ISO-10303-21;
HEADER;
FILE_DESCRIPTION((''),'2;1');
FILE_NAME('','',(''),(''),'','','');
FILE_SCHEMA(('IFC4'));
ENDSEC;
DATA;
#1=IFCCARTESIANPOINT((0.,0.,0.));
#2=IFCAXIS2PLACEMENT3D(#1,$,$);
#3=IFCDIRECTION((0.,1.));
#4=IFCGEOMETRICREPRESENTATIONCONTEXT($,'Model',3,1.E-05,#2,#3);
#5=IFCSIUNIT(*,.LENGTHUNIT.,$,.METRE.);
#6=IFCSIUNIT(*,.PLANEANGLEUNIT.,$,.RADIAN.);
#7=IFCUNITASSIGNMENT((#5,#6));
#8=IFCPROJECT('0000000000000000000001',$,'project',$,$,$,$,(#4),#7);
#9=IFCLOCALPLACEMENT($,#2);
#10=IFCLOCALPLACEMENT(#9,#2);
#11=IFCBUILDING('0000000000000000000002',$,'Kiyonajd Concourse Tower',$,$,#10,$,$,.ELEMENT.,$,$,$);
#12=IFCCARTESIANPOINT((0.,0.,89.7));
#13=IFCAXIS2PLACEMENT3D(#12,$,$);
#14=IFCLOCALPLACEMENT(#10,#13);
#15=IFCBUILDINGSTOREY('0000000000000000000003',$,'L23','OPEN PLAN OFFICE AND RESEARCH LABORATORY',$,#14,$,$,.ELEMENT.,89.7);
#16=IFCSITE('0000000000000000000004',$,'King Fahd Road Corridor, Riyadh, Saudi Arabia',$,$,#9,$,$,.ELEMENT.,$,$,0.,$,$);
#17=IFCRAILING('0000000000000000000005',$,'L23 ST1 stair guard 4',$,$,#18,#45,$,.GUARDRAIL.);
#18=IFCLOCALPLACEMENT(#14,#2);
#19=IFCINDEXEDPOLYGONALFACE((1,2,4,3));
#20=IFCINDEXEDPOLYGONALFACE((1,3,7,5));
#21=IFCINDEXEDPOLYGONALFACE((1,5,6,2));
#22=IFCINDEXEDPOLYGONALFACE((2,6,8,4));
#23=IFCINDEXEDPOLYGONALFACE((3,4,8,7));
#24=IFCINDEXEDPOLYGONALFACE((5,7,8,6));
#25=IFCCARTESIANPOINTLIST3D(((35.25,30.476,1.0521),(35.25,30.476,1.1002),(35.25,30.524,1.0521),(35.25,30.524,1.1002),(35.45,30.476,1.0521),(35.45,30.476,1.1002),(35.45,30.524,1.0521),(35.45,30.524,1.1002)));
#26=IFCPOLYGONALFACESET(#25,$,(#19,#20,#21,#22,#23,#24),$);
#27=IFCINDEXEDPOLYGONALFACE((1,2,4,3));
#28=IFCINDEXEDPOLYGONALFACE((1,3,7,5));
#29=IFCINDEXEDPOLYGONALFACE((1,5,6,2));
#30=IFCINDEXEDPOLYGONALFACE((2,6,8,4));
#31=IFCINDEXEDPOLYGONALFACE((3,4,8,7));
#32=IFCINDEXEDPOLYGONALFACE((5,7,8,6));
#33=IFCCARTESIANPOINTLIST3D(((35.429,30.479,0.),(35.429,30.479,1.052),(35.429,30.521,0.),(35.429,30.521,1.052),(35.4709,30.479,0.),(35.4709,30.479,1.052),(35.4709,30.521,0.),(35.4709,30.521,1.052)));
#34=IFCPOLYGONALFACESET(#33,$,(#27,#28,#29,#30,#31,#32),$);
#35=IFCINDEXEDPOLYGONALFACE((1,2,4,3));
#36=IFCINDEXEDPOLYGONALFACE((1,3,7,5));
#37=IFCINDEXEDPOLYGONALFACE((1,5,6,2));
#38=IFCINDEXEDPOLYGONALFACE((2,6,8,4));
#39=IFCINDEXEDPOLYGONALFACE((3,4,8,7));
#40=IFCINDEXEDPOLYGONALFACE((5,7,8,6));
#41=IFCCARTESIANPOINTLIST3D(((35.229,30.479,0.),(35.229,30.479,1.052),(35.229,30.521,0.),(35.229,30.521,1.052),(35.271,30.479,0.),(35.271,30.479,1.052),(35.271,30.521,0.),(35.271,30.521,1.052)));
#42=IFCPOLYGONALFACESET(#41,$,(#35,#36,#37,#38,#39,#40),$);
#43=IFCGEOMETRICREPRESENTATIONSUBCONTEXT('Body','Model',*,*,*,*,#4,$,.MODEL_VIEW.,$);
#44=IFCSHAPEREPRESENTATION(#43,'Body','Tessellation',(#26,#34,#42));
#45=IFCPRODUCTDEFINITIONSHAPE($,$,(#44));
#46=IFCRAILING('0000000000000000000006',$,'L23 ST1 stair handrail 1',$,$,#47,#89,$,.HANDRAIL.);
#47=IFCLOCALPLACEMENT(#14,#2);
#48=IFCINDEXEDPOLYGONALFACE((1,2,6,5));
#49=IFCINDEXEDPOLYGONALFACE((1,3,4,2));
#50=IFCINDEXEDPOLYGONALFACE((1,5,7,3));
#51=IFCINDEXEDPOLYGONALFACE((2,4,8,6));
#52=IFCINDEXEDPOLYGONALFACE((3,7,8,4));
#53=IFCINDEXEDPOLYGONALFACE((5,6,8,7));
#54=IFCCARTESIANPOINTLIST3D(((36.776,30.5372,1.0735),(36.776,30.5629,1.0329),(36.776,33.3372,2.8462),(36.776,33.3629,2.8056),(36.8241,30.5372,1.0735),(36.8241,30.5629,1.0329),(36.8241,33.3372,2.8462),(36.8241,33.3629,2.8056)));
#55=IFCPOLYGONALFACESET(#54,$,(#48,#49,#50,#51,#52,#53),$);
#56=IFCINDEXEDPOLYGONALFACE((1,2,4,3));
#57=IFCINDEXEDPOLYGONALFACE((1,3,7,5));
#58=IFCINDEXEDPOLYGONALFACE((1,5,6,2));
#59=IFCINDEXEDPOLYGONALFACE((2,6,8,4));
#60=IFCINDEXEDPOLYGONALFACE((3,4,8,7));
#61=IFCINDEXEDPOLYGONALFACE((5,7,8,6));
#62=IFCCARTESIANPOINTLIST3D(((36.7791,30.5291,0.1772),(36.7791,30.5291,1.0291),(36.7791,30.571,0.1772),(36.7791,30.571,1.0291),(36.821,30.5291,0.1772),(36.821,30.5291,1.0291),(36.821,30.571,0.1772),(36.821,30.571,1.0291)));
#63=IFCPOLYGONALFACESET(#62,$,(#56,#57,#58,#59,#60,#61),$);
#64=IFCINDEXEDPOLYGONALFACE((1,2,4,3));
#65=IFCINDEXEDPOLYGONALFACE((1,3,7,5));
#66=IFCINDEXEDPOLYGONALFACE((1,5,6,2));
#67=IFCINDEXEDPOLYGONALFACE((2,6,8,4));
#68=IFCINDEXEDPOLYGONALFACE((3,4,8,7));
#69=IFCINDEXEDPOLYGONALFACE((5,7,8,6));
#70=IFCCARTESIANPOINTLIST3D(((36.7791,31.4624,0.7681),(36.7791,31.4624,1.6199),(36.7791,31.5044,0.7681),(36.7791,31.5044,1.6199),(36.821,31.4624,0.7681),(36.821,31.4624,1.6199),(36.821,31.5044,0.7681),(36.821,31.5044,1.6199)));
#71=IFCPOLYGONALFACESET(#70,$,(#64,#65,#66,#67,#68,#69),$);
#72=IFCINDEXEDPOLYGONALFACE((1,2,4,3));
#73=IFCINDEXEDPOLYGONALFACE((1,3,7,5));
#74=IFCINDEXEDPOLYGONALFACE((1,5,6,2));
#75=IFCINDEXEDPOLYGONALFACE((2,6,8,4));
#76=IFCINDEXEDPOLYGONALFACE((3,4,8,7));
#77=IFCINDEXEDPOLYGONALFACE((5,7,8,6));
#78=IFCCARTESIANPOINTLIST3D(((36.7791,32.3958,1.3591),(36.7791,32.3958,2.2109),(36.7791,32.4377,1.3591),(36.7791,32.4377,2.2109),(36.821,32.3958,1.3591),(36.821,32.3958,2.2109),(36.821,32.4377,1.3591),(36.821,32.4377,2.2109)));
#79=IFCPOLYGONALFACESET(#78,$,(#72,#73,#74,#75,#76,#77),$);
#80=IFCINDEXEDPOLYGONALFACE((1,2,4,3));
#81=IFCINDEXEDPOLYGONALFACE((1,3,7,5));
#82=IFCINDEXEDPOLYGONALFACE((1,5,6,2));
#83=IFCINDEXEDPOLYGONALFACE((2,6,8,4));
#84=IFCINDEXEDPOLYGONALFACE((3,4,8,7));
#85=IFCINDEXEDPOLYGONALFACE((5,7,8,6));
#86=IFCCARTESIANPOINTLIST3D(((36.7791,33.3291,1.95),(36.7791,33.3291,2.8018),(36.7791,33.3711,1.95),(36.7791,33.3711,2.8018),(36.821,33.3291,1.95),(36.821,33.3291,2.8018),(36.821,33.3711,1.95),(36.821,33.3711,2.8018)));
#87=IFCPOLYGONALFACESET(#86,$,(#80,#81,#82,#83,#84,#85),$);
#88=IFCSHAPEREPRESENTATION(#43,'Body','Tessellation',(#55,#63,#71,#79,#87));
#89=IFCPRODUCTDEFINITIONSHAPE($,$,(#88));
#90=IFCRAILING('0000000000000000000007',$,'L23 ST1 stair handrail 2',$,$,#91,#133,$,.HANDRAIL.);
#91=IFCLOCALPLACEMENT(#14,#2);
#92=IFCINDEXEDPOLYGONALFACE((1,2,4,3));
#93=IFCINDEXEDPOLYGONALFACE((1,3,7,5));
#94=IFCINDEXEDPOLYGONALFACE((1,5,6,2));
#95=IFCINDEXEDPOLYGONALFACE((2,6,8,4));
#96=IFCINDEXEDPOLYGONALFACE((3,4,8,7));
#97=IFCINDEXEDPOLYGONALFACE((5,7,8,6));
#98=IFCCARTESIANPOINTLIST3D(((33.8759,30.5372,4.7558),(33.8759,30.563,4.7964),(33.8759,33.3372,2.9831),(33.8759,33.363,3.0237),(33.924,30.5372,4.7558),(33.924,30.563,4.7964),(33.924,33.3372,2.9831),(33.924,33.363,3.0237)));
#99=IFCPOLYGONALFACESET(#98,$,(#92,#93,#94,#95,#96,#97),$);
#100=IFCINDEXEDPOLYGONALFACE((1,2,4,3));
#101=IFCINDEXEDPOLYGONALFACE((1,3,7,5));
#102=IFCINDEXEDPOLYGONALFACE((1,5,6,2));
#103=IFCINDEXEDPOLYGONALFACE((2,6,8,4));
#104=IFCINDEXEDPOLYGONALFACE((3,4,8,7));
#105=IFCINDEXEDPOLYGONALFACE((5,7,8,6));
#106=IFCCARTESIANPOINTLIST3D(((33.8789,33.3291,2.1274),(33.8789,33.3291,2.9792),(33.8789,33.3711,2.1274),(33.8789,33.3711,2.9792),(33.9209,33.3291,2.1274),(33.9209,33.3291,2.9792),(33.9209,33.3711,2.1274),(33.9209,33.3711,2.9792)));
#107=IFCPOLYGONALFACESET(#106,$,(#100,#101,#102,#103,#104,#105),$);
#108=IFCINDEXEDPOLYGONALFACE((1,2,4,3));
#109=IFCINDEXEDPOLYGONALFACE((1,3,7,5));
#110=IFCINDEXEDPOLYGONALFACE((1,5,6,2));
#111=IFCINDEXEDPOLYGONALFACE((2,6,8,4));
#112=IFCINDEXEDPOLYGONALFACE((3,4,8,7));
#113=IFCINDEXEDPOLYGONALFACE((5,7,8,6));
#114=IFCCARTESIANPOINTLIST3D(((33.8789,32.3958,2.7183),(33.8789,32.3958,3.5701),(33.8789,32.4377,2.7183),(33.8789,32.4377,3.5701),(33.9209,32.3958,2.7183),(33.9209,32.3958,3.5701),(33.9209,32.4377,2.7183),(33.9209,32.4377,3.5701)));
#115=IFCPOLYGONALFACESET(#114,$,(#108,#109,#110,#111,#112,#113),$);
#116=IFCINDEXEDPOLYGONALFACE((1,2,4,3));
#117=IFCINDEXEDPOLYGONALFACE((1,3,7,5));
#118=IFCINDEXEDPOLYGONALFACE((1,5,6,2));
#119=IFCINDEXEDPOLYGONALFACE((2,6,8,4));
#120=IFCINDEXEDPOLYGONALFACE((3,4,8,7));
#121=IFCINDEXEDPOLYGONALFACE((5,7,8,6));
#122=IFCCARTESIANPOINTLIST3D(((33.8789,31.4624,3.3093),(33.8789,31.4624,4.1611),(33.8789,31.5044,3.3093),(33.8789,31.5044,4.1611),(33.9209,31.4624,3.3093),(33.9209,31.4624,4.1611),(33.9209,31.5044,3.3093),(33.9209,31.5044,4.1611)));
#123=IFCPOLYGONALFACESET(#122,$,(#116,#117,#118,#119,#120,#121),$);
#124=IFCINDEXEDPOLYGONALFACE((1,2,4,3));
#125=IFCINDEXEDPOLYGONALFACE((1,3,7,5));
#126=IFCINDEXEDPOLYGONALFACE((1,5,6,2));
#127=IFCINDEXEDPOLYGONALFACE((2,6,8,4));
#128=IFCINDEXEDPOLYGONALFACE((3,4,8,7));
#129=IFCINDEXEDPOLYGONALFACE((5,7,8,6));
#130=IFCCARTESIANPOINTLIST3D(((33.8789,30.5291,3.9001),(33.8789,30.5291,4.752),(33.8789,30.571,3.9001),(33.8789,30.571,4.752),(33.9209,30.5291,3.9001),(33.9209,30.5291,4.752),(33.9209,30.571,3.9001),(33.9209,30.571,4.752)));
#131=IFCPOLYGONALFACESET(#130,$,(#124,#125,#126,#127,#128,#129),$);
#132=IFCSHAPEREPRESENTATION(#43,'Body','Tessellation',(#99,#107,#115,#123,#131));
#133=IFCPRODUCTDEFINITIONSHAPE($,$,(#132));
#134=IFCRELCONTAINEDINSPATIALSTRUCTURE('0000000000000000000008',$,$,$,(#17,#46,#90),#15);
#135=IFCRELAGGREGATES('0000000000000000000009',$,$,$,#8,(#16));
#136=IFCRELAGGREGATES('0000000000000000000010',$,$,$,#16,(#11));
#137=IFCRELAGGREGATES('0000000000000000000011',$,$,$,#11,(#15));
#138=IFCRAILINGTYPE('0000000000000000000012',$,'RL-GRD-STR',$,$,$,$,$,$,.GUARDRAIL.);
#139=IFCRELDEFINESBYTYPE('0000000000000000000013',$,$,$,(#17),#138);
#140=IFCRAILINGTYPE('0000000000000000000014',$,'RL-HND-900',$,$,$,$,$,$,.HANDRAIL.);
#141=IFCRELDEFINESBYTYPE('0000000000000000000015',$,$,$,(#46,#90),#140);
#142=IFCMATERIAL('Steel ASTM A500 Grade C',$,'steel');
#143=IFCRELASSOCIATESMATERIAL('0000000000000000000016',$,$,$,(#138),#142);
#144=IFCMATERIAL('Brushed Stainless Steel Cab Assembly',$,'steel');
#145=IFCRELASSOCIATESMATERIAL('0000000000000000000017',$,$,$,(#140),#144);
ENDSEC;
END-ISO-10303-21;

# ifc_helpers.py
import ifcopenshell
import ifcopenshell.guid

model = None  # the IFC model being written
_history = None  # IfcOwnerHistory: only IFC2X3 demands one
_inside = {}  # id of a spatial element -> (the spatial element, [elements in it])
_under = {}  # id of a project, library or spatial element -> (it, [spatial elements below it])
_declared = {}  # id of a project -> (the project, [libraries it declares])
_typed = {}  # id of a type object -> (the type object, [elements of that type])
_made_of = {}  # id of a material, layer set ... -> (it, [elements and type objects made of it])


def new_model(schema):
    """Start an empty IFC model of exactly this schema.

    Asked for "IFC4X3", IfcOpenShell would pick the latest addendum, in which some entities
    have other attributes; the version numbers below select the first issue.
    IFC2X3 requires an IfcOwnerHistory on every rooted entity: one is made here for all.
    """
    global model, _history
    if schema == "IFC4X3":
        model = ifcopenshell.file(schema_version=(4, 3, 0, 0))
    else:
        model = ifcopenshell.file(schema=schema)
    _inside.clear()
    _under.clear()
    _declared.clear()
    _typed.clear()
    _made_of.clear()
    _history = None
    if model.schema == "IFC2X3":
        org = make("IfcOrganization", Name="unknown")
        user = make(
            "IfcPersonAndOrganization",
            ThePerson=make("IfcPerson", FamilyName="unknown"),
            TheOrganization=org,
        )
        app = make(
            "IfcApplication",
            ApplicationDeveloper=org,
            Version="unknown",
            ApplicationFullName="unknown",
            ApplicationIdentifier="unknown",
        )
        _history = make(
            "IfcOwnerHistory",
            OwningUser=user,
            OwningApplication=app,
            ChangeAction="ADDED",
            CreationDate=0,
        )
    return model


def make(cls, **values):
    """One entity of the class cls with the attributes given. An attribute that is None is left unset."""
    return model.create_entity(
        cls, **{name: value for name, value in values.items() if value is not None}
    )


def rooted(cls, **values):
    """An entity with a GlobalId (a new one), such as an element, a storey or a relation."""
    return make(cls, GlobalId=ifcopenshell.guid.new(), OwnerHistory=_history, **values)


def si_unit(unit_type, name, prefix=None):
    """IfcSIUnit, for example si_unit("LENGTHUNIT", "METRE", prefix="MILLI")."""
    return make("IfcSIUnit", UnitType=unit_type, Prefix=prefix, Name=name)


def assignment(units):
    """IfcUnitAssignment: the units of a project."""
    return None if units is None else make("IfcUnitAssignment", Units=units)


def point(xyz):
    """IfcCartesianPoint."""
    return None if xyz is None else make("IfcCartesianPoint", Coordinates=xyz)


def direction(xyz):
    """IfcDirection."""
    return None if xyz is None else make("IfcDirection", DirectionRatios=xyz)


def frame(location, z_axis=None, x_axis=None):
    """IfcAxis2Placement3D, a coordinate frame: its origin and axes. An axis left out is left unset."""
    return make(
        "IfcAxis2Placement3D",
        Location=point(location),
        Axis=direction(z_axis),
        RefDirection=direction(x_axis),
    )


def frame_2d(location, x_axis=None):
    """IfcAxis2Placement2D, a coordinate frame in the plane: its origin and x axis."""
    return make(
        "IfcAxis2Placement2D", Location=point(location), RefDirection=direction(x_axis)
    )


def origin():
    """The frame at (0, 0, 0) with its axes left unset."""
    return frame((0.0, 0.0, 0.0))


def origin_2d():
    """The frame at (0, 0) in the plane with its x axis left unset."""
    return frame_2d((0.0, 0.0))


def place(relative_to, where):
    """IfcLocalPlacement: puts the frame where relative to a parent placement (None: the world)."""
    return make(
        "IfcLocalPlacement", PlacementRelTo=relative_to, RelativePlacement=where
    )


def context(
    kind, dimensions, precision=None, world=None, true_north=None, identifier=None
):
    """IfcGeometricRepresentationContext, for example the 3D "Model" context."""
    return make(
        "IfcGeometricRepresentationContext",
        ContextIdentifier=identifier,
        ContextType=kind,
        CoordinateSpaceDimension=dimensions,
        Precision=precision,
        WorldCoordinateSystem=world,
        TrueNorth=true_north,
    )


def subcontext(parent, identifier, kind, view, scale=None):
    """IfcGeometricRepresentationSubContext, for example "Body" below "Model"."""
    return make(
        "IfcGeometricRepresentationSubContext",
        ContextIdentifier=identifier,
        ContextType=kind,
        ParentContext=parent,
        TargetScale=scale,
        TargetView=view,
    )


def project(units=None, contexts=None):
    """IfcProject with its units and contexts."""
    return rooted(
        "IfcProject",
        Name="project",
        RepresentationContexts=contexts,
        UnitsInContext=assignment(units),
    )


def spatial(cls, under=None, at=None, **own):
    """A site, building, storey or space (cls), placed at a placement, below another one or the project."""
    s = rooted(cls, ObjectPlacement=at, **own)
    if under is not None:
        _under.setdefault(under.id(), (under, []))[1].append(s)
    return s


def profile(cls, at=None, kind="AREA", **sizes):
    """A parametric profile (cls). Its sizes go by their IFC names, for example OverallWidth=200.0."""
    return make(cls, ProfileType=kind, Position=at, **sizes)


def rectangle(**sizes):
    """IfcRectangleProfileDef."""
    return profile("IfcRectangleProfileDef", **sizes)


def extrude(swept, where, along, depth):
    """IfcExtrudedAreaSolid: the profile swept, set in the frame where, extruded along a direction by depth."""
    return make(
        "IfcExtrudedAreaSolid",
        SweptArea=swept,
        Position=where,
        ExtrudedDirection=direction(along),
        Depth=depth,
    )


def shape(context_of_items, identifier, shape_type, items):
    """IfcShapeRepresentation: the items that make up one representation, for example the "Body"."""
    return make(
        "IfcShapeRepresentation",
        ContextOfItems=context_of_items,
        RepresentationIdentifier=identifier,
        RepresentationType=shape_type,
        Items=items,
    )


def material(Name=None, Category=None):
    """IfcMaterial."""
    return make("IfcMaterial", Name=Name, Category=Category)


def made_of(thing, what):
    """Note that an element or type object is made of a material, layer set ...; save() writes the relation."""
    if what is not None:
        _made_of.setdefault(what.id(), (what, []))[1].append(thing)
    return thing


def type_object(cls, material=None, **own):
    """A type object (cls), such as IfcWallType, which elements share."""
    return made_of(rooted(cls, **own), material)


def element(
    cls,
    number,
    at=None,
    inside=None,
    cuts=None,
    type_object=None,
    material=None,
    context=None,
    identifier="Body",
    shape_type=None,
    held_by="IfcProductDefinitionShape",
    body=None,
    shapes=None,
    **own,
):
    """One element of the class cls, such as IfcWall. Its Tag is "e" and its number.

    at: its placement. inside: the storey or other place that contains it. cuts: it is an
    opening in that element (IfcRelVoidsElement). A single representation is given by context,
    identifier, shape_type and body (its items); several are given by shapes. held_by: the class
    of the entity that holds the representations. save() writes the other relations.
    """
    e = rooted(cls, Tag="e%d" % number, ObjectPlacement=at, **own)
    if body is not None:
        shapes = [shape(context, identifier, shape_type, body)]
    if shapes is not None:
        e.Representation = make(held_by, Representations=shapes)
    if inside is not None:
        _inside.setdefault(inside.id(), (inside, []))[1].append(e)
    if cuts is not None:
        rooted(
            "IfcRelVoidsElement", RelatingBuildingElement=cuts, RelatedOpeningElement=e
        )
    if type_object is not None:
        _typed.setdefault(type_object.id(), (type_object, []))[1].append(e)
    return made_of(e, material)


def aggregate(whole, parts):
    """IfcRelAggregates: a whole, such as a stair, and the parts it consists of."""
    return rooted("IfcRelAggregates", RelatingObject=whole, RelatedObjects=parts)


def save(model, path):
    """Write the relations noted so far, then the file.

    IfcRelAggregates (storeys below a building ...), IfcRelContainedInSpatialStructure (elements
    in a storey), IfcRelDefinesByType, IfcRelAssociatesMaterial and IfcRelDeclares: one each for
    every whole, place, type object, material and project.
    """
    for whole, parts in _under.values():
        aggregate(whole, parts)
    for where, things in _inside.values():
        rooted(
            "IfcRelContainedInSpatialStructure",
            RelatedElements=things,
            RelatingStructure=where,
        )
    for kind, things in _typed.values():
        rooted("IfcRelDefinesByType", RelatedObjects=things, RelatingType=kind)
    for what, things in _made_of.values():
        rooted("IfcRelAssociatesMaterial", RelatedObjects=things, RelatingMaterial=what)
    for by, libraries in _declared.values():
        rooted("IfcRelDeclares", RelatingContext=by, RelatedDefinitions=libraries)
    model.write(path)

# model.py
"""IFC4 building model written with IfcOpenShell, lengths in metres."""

from ifc_helpers import new_model, si_unit, direction, frame, origin, origin_2d, place, context, subcontext, project, spatial, rectangle, extrude, material, type_object, element, save


model = new_model("IFC4")

# Units and contexts
model_context = context("Model", 3, precision=1e-05, world=origin(), true_north=direction((0.0, 1.0)))
body_context = subcontext(model_context, "Body", "Model", "MODEL_VIEW")
ifc_project = project(units=[si_unit("LENGTHUNIT", "METRE"), si_unit("PLANEANGLEUNIT", "RADIAN")], contexts=[model_context])

# Site, building, storey
site_placement = place(None, origin())
site = spatial("IfcSite", under=ifc_project, at=site_placement, Name="King Fahd Road Corridor, Riyadh, Saudi Arabia", CompositionType="ELEMENT", RefElevation=0.0)
building_placement = place(site_placement, origin())
building = spatial("IfcBuilding", under=site, at=building_placement, Name="Kiyonajd Concourse Tower", CompositionType="ELEMENT")
storey_placement = place(building_placement, frame((0.0, 0.0, 89.7)))
storey = spatial("IfcBuildingStorey", under=building, at=storey_placement, Name="L23", Description="OPEN PLAN OFFICE AND RESEARCH LABORATORY", CompositionType="ELEMENT", Elevation=89.7)

# Shared definitions
ifc_material_1 = material(Name="Brushed Stainless Steel Cab Assembly", Category="steel")

# Railings
ifc_material_2 = material(Name="Steel ASTM A500 Grade C", Category="steel")
railing_type_1 = type_object("IfcRailingType", Name="RL-GRD-STR", PredefinedType="GUARDRAIL", material=ifc_material_2)
railing_1_placement = place(storey_placement, frame((35.45, 30.5, 0.0)))
element("IfcRailing", 1, at=railing_1_placement, inside=storey, type_object=railing_type_1, Name="L23 ST1 stair guard 4", PredefinedType="GUARDRAIL", context=body_context, shape_type="SweptSolid", body=[
    extrude(rectangle(XDim=0.0481, YDim=0.0481, at=origin_2d()), frame((0.0, 0.0, 1.0762), z_axis=(-1.0, 0.0, 0.0), x_axis=(0.0, -1.0, 0.0)), (0.0, 0.0, 1.0), 0.2),
    extrude(rectangle(XDim=0.042, YDim=0.042, at=origin_2d()), origin(), (0.0, 0.0, 1.0), 1.052),
    extrude(rectangle(XDim=0.042, YDim=0.042, at=origin_2d()), frame((-0.2, 0.0, 0.0)), (0.0, 0.0, 1.0), 1.052),
])
railing_type_2 = type_object("IfcRailingType", Name="RL-HND-900", PredefinedType="HANDRAIL", material=ifc_material_1)
railing_2_placement = place(storey_placement, frame((36.8, 30.55, 0.1772)))
element("IfcRailing", 2, at=railing_2_placement, inside=storey, type_object=railing_type_2, Name="L23 ST1 stair handrail 1", PredefinedType="HANDRAIL", context=body_context, shape_type="SweptSolid", body=[
    extrude(rectangle(XDim=0.0481, YDim=0.0481, at=origin_2d()), frame((0.0, 0.0, 0.876), z_axis=(0.0, 0.844909, 0.53491), x_axis=(-1.0, 0.0, 0.0)), (0.0, 0.0, 1.0), 3.314),
    extrude(rectangle(XDim=0.042, YDim=0.042, at=origin_2d()), origin(), (0.0, 0.0, 1.0), 0.8518),
    extrude(rectangle(XDim=0.042, YDim=0.042, at=origin_2d()), frame((0.0, 0.9333, 0.5908)), (0.0, 0.0, 1.0), 0.8518),
    extrude(rectangle(XDim=0.042, YDim=0.042, at=origin_2d()), frame((0.0, 1.8667, 1.1819)), (0.0, 0.0, 1.0), 0.8518),
    extrude(rectangle(XDim=0.042, YDim=0.042, at=origin_2d()), frame((0.0, 2.8, 1.7727)), (0.0, 0.0, 1.0), 0.8518),
])
railing_3_placement = place(storey_placement, frame((33.8999, 33.3501, 2.1274)))
element("IfcRailing", 3, at=railing_3_placement, inside=storey, type_object=railing_type_2, Name="L23 ST1 stair handrail 2", PredefinedType="HANDRAIL", context=body_context, shape_type="SweptSolid", body=[
    extrude(rectangle(XDim=0.0481, YDim=0.0481, at=origin_2d()), frame((0.0, 0.0, 0.876), z_axis=(0.0, -0.844909, 0.53491), x_axis=(1.0, 0.0, 0.0)), (0.0, 0.0, 1.0), 3.314),
    extrude(rectangle(XDim=0.042, YDim=0.042, at=origin_2d()), origin(), (0.0, 0.0, 1.0), 0.8518),
    extrude(rectangle(XDim=0.042, YDim=0.042, at=origin_2d()), frame((0.0, -0.9333, 0.5908)), (0.0, 0.0, 1.0), 0.8518),
    extrude(rectangle(XDim=0.042, YDim=0.042, at=origin_2d()), frame((0.0, -1.8667, 1.1819)), (0.0, 0.0, 1.0), 0.8518),
    extrude(rectangle(XDim=0.042, YDim=0.042, at=origin_2d()), frame((0.0, -2.8, 1.7727)), (0.0, 0.0, 1.0), 0.8518),
])

save(model, "model.ifc")
